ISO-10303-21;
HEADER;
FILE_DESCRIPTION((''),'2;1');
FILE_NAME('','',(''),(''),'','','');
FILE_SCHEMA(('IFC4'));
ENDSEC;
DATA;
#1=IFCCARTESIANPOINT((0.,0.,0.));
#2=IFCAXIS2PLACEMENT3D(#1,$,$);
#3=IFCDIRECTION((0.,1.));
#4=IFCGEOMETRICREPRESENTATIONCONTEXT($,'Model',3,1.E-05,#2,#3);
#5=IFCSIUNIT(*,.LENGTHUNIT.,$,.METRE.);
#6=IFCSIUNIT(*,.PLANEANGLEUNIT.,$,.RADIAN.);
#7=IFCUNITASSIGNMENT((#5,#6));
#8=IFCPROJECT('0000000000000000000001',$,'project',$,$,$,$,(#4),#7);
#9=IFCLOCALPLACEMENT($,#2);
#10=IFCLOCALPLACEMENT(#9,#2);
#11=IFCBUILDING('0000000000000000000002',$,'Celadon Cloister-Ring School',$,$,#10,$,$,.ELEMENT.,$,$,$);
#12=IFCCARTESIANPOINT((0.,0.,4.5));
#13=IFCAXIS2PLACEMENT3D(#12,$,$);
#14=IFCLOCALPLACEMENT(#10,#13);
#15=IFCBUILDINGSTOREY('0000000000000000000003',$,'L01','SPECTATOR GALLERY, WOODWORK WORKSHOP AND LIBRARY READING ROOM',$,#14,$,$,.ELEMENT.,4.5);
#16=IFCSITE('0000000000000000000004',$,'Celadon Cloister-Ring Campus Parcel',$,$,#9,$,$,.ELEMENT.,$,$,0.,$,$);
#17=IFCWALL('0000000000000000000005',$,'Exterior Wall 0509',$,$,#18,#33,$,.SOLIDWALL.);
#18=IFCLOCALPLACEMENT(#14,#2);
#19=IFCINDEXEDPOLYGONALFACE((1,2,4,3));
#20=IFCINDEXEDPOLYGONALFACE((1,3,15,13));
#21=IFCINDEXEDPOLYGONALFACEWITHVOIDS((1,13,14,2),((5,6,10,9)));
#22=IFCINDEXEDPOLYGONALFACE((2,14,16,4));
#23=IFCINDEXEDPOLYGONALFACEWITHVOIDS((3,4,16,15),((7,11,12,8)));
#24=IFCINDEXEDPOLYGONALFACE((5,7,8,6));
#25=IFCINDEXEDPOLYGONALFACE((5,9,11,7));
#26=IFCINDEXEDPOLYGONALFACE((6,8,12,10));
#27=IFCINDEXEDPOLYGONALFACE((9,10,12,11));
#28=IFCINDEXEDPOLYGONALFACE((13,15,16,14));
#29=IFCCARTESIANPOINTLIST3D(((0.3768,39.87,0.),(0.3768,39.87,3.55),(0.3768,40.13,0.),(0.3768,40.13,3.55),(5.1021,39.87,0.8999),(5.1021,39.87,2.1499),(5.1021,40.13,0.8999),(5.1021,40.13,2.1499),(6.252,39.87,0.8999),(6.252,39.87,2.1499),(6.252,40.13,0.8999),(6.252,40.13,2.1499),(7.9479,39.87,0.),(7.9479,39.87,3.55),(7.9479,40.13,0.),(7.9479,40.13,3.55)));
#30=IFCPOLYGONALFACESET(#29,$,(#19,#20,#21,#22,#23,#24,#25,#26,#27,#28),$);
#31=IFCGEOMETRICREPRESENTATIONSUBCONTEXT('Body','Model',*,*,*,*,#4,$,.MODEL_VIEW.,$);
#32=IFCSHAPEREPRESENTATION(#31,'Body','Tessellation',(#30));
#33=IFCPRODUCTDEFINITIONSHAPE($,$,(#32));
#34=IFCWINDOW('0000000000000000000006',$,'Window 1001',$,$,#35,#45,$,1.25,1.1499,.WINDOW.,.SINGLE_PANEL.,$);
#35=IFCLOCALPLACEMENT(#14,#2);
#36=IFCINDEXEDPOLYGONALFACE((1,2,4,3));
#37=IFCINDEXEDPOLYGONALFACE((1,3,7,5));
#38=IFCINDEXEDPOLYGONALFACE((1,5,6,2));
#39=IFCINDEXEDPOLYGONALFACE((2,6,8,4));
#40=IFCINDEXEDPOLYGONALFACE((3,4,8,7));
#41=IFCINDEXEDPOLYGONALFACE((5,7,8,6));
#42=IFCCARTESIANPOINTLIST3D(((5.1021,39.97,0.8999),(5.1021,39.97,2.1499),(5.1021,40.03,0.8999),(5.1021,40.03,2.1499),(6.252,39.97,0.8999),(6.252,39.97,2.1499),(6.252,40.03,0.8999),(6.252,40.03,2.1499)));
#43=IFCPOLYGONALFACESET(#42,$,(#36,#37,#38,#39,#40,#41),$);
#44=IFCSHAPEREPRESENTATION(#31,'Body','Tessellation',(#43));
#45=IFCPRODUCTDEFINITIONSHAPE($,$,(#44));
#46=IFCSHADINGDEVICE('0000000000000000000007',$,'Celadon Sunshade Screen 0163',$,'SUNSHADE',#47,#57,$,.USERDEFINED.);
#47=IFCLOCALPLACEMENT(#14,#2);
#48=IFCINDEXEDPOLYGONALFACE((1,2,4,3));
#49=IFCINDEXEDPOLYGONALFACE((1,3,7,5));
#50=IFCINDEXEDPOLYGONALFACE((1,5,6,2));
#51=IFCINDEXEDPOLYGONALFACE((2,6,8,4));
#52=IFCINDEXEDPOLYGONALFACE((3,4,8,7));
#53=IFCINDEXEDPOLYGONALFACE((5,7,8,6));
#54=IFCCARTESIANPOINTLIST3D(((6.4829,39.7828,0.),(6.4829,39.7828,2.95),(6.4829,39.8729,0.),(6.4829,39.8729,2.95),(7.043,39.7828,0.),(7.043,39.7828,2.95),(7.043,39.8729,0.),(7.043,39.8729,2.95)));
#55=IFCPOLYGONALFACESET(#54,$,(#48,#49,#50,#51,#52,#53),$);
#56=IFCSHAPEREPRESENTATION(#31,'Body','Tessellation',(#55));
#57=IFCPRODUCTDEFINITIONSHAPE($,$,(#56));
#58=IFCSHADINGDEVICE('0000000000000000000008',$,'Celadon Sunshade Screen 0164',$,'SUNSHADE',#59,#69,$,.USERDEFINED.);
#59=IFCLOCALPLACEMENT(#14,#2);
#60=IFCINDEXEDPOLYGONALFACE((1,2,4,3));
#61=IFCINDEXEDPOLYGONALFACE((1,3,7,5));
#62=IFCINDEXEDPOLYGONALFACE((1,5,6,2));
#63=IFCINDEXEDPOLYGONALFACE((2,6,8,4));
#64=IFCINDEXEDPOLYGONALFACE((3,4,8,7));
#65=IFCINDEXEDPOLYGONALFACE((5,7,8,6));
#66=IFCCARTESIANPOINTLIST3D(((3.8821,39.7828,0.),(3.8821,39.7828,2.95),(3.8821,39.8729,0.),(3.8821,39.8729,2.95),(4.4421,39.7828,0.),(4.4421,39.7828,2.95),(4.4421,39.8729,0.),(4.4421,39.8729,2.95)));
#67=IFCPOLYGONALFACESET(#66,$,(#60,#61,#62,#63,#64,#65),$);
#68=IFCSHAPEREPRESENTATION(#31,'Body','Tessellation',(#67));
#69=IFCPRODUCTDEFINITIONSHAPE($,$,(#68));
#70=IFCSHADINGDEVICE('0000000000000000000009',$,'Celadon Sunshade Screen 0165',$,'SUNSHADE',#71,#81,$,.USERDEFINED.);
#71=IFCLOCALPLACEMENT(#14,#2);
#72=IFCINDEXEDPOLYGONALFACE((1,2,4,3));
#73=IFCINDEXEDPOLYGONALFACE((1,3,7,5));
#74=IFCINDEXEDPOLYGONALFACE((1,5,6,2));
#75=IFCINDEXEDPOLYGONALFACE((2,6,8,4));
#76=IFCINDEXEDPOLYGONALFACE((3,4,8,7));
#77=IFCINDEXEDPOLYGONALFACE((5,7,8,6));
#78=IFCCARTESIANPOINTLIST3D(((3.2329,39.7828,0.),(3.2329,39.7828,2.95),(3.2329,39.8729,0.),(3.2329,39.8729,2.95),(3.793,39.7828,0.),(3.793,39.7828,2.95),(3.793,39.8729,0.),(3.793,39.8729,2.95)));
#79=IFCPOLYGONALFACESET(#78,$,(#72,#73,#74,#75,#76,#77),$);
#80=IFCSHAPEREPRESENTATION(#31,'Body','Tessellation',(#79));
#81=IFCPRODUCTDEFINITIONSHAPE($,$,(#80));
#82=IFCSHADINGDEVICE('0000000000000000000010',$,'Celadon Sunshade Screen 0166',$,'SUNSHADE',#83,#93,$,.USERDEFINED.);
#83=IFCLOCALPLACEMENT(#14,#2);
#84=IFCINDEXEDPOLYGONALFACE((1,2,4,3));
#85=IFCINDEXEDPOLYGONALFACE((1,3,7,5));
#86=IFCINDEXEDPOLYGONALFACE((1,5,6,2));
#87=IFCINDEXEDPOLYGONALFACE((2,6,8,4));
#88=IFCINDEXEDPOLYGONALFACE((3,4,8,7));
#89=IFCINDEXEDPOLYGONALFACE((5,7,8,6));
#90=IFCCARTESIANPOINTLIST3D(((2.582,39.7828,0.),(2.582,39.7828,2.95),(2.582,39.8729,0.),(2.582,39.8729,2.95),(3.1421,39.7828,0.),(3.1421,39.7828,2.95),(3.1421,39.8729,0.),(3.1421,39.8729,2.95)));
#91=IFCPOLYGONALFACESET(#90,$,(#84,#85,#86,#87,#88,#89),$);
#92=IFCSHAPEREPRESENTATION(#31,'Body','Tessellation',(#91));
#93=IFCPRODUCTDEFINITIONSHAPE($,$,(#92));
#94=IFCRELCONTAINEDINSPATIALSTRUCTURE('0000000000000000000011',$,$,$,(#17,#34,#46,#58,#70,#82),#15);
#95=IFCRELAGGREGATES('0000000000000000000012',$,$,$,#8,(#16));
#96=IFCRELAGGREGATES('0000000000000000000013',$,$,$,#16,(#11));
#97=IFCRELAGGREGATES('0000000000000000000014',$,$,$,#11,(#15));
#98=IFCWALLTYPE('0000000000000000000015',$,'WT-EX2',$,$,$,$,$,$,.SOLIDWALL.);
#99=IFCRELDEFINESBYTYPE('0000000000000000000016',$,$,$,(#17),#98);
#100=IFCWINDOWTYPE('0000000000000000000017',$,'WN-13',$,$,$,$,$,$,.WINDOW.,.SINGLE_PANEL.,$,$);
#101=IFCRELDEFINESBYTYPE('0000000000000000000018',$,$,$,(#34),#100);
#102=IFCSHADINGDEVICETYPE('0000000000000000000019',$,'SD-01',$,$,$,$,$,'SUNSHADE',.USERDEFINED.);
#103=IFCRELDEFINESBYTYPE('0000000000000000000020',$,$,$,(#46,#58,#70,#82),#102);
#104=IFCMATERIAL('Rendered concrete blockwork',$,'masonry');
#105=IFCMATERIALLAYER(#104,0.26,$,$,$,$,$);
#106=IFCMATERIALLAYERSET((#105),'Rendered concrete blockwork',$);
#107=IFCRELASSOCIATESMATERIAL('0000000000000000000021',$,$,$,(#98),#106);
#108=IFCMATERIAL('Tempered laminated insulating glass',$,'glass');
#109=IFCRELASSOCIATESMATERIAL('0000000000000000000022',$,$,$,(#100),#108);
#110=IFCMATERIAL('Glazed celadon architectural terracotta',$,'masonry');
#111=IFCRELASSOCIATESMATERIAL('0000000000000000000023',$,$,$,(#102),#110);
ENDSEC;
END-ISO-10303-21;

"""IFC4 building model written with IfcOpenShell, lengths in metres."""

from ifc_helpers import new_model, si_unit, direction, frame, frame_2d, origin, origin_2d, place, context, subcontext, project, spatial, rectangle, extrude, material, layer, layer_set, type_object, element, fill, save


model = new_model("IFC4")

# Units and contexts
model_context = context("Model", 3, precision=1e-05, world=origin(), true_north=direction((0.0, 1.0)))
body_context = subcontext(model_context, "Body", "Model", "MODEL_VIEW")
ifc_project = project(units=[si_unit("LENGTHUNIT", "METRE"), si_unit("PLANEANGLEUNIT", "RADIAN")], contexts=[model_context])

# Site, building, storey
site_placement = place(None, origin())
site = spatial("IfcSite", under=ifc_project, at=site_placement, Name="Celadon Cloister-Ring Campus Parcel", CompositionType="ELEMENT", RefElevation=0.0)
building_placement = place(site_placement, origin())
building = spatial("IfcBuilding", under=site, at=building_placement, Name="Celadon Cloister-Ring School", CompositionType="ELEMENT")
storey_placement = place(building_placement, frame((0.0, 0.0, 4.5)))
storey = spatial("IfcBuildingStorey", under=building, at=storey_placement, Name="L01", Description="SPECTATOR GALLERY, WOODWORK WORKSHOP AND LIBRARY READING ROOM", CompositionType="ELEMENT", Elevation=4.5)

# Wall, opening, window
ifc_material_1 = material(Name="Rendered concrete blockwork", Category="masonry")
ifc_layer_1 = layer(ifc_material_1, 0.26)
ifc_layer_set_1 = layer_set([ifc_layer_1], Name="Rendered concrete blockwork")
wall_type = type_object("IfcWallType", Name="WT-EX2", PredefinedType="SOLIDWALL", material=ifc_layer_set_1)
wall_placement = place(storey_placement, frame((7.948, 40.0, 0.0), z_axis=(0.0, 0.0, 1.0), x_axis=(-1.0, 0.0, 0.0)))
wall = element("IfcWall", 1, at=wall_placement, inside=storey, type_object=wall_type, Name="Exterior Wall 0509", PredefinedType="SOLIDWALL", context=body_context, shape_type="SweptSolid", body=[
    extrude(rectangle(XDim=7.571, YDim=0.26, at=frame_2d((3.7856, 0.0))), origin(), (0.0, 0.0, 1.0), 3.55),
])
opening_placement = place(wall_placement, frame((1.696, 0.0, 0.8999)))
opening = element("IfcOpeningElement", 2, at=opening_placement, cuts=wall, PredefinedType="OPENING", context=body_context, shape_type="SweptSolid", body=[
    extrude(rectangle(XDim=1.1499, YDim=1.25, at=frame_2d((0.575, 0.625))), frame((0.0, 0.1401, 0.0), z_axis=(0.0, -1.0, 0.0), x_axis=(1.0, 0.0, 0.0)), (0.0, 0.0, 1.0), 0.28),
])
ifc_material_2 = material(Name="Tempered laminated insulating glass", Category="glass")
window_type = type_object("IfcWindowType", Name="WN-13", PartitioningType="SINGLE_PANEL", PredefinedType="WINDOW", material=ifc_material_2)
window_placement = place(opening_placement, origin())
window = element("IfcWindow", 3, at=window_placement, inside=storey, type_object=window_type, Name="Window 1001", OverallHeight=1.25, OverallWidth=1.1499, PartitioningType="SINGLE_PANEL", PredefinedType="WINDOW", context=body_context, shape_type="SweptSolid", body=[
    extrude(rectangle(XDim=1.1499, YDim=1.25, at=frame_2d((0.575, 0.625))), frame((0.0, 0.03, 0.0), z_axis=(0.0, -1.0, 0.0), x_axis=(1.0, 0.0, 0.0)), (0.0, 0.0, 1.0), 0.0601),
])
fill(opening, window)

# Shading devices
ifc_material_3 = material(Name="Glazed celadon architectural terracotta", Category="masonry")
shading_device_type = type_object("IfcShadingDeviceType", Name="SD-01", ElementType="SUNSHADE", PredefinedType="USERDEFINED", material=ifc_material_3)
for number, where, z_axis, x_axis, name in (
    (4, (6.7629, 39.8279, 0.0), (0.0, 0.0, 1.0), (-1.0, 0.0, 0.0), "Celadon Sunshade Screen 0163"),
    (5, (4.1621, 39.8279, 0.0), (0.0, 0.0, 1.0), (-1.0, 0.0, 0.0), "Celadon Sunshade Screen 0164"),
    (6, (3.5129, 39.8279, 0.0), (0.0, 0.0, 1.0), (-1.0, 0.0, 0.0), "Celadon Sunshade Screen 0165"),
    (7, (2.8621, 39.8279, 0.0), (0.0, 0.0, 1.0), (-1.0, 0.0, 0.0), "Celadon Sunshade Screen 0166"),
):
    element("IfcShadingDevice", number, at=place(storey_placement, frame(where, z_axis=z_axis, x_axis=x_axis)), inside=storey, type_object=shading_device_type, Name=name, ObjectType="SUNSHADE", PredefinedType="USERDEFINED", context=body_context, shape_type="SweptSolid", body=[
        extrude(rectangle(XDim=0.5601, YDim=0.0901, at=origin_2d()), origin(), (0.0, 0.0, 1.0), 2.95),
    ])

save(model, "model.ifc")
